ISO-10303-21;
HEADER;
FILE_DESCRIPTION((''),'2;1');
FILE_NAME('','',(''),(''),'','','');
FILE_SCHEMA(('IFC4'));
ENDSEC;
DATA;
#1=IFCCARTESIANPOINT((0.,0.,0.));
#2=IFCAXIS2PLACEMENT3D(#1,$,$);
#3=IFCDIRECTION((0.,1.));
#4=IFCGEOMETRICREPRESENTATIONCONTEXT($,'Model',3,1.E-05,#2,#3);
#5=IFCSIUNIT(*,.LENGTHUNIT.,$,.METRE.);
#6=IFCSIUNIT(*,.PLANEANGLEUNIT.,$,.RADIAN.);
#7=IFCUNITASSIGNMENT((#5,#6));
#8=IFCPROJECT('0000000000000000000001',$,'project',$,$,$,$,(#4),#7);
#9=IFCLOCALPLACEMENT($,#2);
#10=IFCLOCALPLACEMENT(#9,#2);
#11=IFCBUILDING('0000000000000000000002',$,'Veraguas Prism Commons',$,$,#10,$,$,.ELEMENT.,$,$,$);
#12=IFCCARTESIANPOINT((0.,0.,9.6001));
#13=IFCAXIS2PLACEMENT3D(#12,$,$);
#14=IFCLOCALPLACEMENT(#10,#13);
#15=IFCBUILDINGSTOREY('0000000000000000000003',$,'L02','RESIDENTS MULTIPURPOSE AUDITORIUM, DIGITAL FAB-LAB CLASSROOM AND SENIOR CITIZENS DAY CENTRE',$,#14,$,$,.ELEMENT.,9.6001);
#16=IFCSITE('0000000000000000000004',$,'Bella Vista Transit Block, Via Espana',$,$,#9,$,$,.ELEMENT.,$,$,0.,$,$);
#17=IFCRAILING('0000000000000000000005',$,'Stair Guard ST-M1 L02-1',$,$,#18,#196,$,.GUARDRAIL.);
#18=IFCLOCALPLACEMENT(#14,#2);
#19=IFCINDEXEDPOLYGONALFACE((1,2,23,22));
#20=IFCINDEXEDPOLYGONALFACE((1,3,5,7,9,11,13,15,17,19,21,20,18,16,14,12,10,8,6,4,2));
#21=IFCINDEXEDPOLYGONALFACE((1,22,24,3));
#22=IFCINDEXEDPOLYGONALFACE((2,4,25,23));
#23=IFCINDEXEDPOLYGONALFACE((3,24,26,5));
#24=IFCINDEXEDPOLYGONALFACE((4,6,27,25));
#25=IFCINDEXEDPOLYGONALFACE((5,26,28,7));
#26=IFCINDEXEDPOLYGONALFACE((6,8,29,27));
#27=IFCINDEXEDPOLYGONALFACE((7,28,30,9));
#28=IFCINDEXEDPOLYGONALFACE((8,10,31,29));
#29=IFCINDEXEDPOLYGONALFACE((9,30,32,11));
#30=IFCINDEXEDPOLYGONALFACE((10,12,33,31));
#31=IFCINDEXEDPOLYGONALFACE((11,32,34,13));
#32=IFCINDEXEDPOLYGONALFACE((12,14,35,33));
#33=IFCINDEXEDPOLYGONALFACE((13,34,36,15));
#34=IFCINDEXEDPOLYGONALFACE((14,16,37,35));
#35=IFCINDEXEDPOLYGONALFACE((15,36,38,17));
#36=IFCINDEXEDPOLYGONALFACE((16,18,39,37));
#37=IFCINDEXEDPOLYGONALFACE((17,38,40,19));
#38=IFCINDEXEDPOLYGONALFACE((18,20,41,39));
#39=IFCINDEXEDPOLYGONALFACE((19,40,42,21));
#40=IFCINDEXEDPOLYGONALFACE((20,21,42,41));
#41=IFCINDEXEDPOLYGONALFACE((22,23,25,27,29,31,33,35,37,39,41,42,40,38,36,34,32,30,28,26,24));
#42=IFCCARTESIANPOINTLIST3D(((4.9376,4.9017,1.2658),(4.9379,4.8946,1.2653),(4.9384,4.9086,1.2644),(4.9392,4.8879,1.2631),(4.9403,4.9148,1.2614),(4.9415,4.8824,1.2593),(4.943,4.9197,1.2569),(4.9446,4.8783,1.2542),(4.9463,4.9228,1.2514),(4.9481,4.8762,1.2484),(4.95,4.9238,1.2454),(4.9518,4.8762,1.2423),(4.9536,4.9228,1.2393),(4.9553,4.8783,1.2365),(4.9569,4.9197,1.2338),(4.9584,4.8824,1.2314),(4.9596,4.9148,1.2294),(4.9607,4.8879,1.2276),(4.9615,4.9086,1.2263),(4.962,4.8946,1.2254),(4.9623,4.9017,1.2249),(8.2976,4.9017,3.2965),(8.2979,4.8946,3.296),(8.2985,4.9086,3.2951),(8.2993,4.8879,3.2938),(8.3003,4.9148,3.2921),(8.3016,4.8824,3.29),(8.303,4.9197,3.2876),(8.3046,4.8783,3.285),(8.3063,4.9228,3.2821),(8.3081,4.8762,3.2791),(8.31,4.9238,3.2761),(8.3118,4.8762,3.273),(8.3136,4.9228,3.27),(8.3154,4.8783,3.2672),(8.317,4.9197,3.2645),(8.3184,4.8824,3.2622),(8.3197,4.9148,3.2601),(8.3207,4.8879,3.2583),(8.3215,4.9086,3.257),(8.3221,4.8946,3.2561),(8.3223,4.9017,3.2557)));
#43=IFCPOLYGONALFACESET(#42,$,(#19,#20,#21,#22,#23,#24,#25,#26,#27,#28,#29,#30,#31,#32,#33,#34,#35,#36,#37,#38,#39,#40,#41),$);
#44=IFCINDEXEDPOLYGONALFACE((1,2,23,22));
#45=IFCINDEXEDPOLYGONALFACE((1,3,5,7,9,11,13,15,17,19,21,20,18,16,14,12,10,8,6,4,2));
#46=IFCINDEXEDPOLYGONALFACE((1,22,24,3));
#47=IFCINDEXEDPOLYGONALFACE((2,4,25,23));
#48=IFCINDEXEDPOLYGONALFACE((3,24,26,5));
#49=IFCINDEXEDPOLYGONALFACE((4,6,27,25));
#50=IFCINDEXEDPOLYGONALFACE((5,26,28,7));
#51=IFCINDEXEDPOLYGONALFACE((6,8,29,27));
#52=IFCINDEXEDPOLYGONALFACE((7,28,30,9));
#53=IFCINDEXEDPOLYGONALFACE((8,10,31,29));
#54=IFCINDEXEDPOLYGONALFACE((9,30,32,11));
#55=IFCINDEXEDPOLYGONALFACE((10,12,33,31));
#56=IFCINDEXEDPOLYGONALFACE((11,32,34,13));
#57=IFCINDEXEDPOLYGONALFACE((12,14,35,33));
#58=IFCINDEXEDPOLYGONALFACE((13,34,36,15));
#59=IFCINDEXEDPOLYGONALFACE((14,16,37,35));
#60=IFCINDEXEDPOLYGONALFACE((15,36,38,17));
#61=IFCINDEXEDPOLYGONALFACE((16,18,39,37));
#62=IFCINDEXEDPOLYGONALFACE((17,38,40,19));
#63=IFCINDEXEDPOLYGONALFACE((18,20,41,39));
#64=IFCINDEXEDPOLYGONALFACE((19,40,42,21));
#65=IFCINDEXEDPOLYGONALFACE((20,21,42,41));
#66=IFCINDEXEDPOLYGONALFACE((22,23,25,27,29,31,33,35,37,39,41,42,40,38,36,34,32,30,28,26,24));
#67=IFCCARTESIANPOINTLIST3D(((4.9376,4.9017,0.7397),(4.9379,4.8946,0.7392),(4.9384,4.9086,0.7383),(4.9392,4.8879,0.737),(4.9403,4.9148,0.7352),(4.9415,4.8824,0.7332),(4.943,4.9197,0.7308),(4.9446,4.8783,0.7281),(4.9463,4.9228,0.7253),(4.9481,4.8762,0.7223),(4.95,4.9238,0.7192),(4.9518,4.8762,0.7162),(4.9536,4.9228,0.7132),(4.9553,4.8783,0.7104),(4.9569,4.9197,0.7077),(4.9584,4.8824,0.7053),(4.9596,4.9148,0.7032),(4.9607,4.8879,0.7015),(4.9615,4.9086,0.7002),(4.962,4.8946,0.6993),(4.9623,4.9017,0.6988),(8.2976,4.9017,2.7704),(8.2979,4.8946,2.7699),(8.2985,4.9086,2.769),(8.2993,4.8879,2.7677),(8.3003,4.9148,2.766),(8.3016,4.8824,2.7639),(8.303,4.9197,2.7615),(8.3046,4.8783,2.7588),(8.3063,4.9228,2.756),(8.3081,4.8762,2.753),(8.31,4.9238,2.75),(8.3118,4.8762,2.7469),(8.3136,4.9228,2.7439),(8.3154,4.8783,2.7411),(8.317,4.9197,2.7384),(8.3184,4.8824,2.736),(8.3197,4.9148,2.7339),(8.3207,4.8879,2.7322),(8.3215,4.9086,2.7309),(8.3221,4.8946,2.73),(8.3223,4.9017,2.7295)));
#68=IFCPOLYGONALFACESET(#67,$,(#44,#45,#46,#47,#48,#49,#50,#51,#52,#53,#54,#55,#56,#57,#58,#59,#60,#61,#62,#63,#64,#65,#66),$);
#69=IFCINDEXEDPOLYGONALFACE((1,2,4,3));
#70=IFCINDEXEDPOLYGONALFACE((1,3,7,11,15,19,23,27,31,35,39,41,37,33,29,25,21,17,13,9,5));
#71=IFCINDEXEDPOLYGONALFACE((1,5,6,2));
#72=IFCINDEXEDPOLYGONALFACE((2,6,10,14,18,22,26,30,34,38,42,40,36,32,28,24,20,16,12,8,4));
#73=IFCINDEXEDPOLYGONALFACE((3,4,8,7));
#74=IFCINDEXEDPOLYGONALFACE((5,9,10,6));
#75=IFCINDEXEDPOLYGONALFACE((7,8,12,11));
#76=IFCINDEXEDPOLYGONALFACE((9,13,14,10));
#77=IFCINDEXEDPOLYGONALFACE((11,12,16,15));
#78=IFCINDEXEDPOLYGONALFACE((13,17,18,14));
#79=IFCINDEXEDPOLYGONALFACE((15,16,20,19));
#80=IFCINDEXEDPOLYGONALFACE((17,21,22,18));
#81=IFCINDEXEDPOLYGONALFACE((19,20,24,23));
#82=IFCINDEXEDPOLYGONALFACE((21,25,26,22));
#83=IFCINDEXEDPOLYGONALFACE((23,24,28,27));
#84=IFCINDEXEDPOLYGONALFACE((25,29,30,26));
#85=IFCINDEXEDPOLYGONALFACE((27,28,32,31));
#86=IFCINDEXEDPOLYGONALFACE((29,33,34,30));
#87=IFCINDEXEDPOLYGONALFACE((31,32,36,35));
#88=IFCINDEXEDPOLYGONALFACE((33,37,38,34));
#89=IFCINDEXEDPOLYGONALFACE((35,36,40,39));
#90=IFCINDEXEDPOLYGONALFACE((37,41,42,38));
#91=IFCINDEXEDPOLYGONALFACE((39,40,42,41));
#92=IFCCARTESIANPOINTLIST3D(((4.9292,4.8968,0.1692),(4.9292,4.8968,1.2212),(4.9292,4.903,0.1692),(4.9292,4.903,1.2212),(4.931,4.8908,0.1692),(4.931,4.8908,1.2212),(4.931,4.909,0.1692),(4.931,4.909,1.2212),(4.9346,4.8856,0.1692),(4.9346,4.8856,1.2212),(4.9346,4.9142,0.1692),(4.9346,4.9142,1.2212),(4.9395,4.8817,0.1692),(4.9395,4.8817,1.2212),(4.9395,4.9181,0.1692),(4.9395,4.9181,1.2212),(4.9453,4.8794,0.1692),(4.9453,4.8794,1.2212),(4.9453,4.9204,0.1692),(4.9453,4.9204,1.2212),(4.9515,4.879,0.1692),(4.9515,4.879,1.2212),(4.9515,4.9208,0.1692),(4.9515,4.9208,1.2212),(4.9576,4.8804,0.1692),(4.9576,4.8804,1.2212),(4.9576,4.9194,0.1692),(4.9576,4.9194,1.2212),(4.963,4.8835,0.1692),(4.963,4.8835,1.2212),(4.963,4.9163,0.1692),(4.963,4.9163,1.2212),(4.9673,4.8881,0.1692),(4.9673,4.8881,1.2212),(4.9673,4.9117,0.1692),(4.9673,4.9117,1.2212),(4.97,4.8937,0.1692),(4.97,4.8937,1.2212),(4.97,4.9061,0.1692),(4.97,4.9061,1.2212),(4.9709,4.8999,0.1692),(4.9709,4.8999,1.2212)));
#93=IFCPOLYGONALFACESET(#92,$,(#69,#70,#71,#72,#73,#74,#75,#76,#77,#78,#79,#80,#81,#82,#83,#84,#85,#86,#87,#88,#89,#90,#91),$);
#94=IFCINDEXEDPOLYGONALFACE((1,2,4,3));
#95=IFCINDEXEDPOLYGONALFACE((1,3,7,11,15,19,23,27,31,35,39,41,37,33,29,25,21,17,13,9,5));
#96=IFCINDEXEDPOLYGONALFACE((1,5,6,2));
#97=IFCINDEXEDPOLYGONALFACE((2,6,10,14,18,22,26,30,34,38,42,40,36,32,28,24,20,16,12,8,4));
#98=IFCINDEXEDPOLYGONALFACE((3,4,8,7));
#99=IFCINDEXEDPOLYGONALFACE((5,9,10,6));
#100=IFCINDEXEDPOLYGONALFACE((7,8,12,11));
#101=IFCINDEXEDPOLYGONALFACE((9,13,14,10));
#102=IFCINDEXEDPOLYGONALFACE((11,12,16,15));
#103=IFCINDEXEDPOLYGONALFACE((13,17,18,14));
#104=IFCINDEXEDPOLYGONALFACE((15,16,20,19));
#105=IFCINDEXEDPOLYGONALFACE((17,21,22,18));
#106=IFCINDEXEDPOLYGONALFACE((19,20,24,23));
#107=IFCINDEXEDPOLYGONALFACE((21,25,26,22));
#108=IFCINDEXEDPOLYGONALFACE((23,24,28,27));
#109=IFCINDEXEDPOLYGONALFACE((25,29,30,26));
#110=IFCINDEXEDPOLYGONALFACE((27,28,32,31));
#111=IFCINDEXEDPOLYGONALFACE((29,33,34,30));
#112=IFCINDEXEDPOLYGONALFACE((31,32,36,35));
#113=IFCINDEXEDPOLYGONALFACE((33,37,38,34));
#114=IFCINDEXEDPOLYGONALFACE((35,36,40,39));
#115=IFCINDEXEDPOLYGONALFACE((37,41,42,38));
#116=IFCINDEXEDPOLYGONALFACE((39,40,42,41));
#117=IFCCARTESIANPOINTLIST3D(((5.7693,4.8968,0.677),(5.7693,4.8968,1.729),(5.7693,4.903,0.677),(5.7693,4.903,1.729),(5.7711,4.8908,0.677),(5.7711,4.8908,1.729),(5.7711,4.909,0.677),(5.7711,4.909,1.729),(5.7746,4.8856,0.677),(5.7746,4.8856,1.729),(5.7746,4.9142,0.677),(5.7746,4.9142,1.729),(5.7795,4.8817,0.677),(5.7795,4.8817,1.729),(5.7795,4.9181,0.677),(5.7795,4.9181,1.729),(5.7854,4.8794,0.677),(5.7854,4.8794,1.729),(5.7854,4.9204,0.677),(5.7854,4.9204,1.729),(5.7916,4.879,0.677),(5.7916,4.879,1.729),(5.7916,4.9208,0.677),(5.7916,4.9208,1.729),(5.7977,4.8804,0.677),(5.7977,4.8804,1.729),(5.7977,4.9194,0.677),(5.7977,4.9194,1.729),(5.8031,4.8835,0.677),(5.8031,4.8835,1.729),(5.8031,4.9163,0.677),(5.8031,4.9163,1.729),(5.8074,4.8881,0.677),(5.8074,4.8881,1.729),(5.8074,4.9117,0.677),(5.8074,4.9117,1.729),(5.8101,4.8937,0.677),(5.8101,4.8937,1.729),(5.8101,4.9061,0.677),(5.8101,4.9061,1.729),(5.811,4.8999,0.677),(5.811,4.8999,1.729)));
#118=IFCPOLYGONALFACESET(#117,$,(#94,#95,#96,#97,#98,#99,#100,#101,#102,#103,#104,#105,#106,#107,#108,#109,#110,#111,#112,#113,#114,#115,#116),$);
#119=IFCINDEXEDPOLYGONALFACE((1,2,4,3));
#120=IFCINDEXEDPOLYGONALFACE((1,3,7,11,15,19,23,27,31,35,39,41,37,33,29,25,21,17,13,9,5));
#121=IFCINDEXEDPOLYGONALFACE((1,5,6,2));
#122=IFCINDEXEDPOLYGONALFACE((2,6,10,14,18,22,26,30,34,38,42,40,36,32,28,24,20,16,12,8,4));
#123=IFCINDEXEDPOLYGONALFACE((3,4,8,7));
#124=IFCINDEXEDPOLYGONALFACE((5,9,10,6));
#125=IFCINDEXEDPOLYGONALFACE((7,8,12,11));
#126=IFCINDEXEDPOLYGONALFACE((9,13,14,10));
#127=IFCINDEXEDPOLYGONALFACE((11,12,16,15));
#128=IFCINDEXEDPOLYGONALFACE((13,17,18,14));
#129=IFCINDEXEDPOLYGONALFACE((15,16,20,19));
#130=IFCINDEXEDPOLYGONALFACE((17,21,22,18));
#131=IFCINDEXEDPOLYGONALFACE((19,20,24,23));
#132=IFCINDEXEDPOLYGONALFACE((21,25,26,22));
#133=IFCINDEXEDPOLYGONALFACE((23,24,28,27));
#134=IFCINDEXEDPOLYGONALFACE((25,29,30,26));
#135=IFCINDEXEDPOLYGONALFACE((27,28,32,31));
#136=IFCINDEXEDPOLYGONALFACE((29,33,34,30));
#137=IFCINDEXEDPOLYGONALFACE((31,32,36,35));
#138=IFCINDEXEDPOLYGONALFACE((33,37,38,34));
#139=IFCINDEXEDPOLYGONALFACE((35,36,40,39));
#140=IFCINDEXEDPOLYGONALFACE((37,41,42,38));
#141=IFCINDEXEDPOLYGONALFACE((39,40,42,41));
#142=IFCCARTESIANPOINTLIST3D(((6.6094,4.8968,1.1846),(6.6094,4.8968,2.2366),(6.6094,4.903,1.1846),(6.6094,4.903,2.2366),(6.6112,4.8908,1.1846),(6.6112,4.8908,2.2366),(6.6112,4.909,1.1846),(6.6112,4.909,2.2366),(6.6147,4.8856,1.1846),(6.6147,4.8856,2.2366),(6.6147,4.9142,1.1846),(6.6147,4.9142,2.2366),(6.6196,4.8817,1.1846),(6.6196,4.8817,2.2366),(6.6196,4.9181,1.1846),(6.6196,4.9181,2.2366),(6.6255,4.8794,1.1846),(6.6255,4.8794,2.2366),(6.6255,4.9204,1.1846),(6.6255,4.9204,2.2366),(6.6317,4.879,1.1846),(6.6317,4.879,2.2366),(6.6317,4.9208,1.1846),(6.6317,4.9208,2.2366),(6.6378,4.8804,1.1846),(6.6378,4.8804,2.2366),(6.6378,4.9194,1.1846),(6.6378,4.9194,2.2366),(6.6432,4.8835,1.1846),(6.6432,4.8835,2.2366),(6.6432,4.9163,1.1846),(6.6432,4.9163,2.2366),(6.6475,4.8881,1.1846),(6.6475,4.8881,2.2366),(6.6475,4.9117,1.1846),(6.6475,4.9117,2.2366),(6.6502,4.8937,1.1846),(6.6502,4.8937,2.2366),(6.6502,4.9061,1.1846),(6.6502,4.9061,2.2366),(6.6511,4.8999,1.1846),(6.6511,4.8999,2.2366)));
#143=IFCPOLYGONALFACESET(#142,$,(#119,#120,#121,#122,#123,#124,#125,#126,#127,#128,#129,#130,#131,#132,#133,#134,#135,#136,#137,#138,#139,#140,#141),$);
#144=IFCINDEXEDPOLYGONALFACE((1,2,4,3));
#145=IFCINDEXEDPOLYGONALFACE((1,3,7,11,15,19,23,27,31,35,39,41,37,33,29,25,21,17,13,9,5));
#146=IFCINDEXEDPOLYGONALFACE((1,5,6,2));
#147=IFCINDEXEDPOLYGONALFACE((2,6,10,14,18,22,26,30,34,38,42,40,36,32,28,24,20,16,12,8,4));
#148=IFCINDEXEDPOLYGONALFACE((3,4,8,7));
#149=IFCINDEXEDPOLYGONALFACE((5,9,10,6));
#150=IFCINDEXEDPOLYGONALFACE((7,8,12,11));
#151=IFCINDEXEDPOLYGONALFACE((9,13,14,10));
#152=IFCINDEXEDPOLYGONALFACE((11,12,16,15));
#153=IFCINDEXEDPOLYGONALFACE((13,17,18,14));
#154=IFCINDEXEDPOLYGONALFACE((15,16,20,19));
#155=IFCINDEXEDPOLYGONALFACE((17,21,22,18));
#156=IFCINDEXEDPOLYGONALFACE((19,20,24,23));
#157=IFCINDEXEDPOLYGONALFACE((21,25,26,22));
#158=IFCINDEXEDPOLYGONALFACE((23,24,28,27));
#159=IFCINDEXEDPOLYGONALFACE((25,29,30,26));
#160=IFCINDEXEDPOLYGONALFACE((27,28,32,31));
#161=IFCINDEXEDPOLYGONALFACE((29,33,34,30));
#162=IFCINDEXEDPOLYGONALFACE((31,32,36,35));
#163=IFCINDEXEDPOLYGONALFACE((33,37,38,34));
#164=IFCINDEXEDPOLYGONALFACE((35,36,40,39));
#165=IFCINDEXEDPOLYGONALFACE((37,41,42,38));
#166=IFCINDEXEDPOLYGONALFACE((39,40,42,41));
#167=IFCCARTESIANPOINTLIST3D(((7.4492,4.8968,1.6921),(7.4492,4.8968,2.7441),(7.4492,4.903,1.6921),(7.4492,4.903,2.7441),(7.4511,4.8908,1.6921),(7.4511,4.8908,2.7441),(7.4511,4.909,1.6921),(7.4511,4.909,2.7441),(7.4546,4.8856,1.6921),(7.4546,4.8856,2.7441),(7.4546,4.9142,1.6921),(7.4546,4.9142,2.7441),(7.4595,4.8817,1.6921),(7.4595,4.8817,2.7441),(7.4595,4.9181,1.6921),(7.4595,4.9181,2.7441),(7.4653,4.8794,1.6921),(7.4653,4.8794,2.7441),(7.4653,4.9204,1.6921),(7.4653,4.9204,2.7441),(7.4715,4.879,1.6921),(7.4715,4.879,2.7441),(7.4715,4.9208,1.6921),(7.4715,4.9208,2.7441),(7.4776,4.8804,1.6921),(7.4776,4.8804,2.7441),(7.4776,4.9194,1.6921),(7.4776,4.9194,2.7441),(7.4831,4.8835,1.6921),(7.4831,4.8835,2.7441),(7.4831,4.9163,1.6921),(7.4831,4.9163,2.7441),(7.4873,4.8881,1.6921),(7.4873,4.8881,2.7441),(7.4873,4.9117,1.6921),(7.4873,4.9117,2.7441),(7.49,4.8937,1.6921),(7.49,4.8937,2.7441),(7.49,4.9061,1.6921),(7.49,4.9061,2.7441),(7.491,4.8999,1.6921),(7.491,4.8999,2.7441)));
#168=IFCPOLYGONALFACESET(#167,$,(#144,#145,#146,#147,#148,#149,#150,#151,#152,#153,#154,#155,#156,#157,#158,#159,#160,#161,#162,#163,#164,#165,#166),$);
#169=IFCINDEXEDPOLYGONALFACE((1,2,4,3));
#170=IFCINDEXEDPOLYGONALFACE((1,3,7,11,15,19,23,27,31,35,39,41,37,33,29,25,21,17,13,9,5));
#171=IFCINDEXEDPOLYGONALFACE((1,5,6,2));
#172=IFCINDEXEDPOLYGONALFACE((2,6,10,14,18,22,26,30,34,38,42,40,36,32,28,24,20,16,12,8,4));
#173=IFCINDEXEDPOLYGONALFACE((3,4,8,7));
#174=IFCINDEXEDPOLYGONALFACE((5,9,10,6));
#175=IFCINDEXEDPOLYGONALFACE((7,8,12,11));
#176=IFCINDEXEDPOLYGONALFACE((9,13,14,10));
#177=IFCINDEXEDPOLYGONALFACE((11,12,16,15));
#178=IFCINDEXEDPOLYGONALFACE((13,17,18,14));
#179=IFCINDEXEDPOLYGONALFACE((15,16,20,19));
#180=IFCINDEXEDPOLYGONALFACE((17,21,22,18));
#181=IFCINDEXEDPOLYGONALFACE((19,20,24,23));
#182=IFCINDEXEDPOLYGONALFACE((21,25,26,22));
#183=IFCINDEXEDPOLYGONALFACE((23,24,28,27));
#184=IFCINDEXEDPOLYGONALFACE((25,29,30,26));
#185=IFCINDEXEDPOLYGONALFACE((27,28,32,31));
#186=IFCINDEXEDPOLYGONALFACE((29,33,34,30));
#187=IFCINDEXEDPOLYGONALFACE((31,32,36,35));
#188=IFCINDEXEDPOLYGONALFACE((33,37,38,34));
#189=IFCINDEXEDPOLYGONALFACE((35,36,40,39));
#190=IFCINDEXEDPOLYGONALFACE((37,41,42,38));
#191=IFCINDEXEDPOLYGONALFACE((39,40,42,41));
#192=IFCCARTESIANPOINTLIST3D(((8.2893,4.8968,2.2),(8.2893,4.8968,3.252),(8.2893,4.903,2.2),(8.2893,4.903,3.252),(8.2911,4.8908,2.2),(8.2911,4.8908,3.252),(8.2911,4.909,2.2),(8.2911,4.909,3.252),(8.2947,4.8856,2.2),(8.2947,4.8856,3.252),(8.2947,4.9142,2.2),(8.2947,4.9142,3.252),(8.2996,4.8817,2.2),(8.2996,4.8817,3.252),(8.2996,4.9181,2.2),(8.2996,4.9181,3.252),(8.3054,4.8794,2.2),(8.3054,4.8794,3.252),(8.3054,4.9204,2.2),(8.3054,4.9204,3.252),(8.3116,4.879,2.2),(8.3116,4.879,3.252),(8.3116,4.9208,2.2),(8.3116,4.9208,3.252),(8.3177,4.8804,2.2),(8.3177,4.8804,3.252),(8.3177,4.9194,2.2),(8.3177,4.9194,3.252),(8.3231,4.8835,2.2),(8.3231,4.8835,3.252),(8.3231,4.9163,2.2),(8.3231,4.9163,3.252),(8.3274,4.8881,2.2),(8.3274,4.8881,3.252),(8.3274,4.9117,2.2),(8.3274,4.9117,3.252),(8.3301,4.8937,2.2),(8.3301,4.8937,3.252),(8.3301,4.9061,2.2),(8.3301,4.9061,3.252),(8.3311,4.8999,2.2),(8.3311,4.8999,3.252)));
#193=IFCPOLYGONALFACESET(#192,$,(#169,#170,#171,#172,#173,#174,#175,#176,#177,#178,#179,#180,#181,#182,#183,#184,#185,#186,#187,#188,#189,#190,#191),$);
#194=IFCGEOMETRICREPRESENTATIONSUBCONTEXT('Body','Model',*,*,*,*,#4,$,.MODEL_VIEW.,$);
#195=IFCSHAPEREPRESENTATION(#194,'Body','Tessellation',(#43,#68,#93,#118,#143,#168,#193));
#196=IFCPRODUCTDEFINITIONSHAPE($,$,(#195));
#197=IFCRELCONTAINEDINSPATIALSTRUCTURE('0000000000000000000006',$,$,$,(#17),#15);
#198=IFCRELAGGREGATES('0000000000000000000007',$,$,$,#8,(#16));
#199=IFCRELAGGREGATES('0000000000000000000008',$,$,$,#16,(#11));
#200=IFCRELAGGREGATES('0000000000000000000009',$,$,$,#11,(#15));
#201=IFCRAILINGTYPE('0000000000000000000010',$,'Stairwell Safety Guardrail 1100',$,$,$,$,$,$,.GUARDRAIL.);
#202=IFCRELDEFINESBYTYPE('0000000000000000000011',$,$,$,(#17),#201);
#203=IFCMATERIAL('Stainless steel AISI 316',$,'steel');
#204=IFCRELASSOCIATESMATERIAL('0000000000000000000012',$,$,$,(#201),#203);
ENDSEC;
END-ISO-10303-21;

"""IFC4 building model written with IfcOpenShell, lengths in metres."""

from ifc_helpers import new_model, si_unit, direction, frame, origin, origin_2d, place, context, subcontext, project, spatial, circle, extrude, material, type_object, element, save


model = new_model("IFC4")

# Units and contexts
model_context = context("Model", 3, precision=1e-05, world=origin(), true_north=direction((0.0, 1.0)))
body_context = subcontext(model_context, "Body", "Model", "MODEL_VIEW")
ifc_project = project(units=[si_unit("LENGTHUNIT", "METRE"), si_unit("PLANEANGLEUNIT", "RADIAN")], contexts=[model_context])

# Site, building, storey
site_placement = place(None, origin())
site = spatial("IfcSite", under=ifc_project, at=site_placement, Name="Bella Vista Transit Block, Via Espana", CompositionType="ELEMENT", RefElevation=0.0)
building_placement = place(site_placement, origin())
building = spatial("IfcBuilding", under=site, at=building_placement, Name="Veraguas Prism Commons", CompositionType="ELEMENT")
storey_placement = place(building_placement, frame((0.0, 0.0, 9.6001)))
storey = spatial("IfcBuildingStorey", under=building, at=storey_placement, Name="L02", Description="RESIDENTS MULTIPURPOSE AUDITORIUM, DIGITAL FAB-LAB CLASSROOM AND SENIOR CITIZENS DAY CENTRE", CompositionType="ELEMENT", Elevation=9.6001)

# Railing
ifc_material_1 = material(Name="Stainless steel AISI 316", Category="steel")
railing_type_1 = type_object("IfcRailingType", Name="Stairwell Safety Guardrail 1100", PredefinedType="GUARDRAIL", material=ifc_material_1)
railing_1_placement = place(storey_placement, frame((4.95, 4.8999, 0.1692)))
element("IfcRailing", 1, at=railing_1_placement, inside=storey, type_object=railing_type_1, Name="Stair Guard ST-M1 L02-1", PredefinedType="GUARDRAIL", context=body_context, shape_type="SweptSolid", body=[
    extrude(circle(Radius=0.0239, at=origin_2d()), frame((0.0, 0.0, 1.0762), z_axis=(0.855837, 0.0, 0.517246), x_axis=(0.0, 1.0, 0.0)), (0.0, 0.0, 1.0), 3.926),
    extrude(circle(Radius=0.0239, at=origin_2d()), frame((0.0, 0.0, 0.55), z_axis=(0.855837, 0.0, 0.517246), x_axis=(0.0, 1.0, 0.0)), (0.0, 0.0, 1.0), 3.926),
    extrude(circle(Radius=0.021, at=origin_2d()), origin(), (0.0, 0.0, 1.0), 1.052),
    extrude(circle(Radius=0.021, at=origin_2d()), frame((0.8401, 0.0, 0.5078)), (0.0, 0.0, 1.0), 1.052),
    extrude(circle(Radius=0.021, at=origin_2d()), frame((1.6802, 0.0, 1.0154)), (0.0, 0.0, 1.0), 1.052),
    extrude(circle(Radius=0.021, at=origin_2d()), frame((2.52, 0.0, 1.5229)), (0.0, 0.0, 1.0), 1.052),
    extrude(circle(Radius=0.021, at=origin_2d()), frame((3.3601, 0.0, 2.0308)), (0.0, 0.0, 1.0), 1.052),
])

save(model, "model.ifc")
